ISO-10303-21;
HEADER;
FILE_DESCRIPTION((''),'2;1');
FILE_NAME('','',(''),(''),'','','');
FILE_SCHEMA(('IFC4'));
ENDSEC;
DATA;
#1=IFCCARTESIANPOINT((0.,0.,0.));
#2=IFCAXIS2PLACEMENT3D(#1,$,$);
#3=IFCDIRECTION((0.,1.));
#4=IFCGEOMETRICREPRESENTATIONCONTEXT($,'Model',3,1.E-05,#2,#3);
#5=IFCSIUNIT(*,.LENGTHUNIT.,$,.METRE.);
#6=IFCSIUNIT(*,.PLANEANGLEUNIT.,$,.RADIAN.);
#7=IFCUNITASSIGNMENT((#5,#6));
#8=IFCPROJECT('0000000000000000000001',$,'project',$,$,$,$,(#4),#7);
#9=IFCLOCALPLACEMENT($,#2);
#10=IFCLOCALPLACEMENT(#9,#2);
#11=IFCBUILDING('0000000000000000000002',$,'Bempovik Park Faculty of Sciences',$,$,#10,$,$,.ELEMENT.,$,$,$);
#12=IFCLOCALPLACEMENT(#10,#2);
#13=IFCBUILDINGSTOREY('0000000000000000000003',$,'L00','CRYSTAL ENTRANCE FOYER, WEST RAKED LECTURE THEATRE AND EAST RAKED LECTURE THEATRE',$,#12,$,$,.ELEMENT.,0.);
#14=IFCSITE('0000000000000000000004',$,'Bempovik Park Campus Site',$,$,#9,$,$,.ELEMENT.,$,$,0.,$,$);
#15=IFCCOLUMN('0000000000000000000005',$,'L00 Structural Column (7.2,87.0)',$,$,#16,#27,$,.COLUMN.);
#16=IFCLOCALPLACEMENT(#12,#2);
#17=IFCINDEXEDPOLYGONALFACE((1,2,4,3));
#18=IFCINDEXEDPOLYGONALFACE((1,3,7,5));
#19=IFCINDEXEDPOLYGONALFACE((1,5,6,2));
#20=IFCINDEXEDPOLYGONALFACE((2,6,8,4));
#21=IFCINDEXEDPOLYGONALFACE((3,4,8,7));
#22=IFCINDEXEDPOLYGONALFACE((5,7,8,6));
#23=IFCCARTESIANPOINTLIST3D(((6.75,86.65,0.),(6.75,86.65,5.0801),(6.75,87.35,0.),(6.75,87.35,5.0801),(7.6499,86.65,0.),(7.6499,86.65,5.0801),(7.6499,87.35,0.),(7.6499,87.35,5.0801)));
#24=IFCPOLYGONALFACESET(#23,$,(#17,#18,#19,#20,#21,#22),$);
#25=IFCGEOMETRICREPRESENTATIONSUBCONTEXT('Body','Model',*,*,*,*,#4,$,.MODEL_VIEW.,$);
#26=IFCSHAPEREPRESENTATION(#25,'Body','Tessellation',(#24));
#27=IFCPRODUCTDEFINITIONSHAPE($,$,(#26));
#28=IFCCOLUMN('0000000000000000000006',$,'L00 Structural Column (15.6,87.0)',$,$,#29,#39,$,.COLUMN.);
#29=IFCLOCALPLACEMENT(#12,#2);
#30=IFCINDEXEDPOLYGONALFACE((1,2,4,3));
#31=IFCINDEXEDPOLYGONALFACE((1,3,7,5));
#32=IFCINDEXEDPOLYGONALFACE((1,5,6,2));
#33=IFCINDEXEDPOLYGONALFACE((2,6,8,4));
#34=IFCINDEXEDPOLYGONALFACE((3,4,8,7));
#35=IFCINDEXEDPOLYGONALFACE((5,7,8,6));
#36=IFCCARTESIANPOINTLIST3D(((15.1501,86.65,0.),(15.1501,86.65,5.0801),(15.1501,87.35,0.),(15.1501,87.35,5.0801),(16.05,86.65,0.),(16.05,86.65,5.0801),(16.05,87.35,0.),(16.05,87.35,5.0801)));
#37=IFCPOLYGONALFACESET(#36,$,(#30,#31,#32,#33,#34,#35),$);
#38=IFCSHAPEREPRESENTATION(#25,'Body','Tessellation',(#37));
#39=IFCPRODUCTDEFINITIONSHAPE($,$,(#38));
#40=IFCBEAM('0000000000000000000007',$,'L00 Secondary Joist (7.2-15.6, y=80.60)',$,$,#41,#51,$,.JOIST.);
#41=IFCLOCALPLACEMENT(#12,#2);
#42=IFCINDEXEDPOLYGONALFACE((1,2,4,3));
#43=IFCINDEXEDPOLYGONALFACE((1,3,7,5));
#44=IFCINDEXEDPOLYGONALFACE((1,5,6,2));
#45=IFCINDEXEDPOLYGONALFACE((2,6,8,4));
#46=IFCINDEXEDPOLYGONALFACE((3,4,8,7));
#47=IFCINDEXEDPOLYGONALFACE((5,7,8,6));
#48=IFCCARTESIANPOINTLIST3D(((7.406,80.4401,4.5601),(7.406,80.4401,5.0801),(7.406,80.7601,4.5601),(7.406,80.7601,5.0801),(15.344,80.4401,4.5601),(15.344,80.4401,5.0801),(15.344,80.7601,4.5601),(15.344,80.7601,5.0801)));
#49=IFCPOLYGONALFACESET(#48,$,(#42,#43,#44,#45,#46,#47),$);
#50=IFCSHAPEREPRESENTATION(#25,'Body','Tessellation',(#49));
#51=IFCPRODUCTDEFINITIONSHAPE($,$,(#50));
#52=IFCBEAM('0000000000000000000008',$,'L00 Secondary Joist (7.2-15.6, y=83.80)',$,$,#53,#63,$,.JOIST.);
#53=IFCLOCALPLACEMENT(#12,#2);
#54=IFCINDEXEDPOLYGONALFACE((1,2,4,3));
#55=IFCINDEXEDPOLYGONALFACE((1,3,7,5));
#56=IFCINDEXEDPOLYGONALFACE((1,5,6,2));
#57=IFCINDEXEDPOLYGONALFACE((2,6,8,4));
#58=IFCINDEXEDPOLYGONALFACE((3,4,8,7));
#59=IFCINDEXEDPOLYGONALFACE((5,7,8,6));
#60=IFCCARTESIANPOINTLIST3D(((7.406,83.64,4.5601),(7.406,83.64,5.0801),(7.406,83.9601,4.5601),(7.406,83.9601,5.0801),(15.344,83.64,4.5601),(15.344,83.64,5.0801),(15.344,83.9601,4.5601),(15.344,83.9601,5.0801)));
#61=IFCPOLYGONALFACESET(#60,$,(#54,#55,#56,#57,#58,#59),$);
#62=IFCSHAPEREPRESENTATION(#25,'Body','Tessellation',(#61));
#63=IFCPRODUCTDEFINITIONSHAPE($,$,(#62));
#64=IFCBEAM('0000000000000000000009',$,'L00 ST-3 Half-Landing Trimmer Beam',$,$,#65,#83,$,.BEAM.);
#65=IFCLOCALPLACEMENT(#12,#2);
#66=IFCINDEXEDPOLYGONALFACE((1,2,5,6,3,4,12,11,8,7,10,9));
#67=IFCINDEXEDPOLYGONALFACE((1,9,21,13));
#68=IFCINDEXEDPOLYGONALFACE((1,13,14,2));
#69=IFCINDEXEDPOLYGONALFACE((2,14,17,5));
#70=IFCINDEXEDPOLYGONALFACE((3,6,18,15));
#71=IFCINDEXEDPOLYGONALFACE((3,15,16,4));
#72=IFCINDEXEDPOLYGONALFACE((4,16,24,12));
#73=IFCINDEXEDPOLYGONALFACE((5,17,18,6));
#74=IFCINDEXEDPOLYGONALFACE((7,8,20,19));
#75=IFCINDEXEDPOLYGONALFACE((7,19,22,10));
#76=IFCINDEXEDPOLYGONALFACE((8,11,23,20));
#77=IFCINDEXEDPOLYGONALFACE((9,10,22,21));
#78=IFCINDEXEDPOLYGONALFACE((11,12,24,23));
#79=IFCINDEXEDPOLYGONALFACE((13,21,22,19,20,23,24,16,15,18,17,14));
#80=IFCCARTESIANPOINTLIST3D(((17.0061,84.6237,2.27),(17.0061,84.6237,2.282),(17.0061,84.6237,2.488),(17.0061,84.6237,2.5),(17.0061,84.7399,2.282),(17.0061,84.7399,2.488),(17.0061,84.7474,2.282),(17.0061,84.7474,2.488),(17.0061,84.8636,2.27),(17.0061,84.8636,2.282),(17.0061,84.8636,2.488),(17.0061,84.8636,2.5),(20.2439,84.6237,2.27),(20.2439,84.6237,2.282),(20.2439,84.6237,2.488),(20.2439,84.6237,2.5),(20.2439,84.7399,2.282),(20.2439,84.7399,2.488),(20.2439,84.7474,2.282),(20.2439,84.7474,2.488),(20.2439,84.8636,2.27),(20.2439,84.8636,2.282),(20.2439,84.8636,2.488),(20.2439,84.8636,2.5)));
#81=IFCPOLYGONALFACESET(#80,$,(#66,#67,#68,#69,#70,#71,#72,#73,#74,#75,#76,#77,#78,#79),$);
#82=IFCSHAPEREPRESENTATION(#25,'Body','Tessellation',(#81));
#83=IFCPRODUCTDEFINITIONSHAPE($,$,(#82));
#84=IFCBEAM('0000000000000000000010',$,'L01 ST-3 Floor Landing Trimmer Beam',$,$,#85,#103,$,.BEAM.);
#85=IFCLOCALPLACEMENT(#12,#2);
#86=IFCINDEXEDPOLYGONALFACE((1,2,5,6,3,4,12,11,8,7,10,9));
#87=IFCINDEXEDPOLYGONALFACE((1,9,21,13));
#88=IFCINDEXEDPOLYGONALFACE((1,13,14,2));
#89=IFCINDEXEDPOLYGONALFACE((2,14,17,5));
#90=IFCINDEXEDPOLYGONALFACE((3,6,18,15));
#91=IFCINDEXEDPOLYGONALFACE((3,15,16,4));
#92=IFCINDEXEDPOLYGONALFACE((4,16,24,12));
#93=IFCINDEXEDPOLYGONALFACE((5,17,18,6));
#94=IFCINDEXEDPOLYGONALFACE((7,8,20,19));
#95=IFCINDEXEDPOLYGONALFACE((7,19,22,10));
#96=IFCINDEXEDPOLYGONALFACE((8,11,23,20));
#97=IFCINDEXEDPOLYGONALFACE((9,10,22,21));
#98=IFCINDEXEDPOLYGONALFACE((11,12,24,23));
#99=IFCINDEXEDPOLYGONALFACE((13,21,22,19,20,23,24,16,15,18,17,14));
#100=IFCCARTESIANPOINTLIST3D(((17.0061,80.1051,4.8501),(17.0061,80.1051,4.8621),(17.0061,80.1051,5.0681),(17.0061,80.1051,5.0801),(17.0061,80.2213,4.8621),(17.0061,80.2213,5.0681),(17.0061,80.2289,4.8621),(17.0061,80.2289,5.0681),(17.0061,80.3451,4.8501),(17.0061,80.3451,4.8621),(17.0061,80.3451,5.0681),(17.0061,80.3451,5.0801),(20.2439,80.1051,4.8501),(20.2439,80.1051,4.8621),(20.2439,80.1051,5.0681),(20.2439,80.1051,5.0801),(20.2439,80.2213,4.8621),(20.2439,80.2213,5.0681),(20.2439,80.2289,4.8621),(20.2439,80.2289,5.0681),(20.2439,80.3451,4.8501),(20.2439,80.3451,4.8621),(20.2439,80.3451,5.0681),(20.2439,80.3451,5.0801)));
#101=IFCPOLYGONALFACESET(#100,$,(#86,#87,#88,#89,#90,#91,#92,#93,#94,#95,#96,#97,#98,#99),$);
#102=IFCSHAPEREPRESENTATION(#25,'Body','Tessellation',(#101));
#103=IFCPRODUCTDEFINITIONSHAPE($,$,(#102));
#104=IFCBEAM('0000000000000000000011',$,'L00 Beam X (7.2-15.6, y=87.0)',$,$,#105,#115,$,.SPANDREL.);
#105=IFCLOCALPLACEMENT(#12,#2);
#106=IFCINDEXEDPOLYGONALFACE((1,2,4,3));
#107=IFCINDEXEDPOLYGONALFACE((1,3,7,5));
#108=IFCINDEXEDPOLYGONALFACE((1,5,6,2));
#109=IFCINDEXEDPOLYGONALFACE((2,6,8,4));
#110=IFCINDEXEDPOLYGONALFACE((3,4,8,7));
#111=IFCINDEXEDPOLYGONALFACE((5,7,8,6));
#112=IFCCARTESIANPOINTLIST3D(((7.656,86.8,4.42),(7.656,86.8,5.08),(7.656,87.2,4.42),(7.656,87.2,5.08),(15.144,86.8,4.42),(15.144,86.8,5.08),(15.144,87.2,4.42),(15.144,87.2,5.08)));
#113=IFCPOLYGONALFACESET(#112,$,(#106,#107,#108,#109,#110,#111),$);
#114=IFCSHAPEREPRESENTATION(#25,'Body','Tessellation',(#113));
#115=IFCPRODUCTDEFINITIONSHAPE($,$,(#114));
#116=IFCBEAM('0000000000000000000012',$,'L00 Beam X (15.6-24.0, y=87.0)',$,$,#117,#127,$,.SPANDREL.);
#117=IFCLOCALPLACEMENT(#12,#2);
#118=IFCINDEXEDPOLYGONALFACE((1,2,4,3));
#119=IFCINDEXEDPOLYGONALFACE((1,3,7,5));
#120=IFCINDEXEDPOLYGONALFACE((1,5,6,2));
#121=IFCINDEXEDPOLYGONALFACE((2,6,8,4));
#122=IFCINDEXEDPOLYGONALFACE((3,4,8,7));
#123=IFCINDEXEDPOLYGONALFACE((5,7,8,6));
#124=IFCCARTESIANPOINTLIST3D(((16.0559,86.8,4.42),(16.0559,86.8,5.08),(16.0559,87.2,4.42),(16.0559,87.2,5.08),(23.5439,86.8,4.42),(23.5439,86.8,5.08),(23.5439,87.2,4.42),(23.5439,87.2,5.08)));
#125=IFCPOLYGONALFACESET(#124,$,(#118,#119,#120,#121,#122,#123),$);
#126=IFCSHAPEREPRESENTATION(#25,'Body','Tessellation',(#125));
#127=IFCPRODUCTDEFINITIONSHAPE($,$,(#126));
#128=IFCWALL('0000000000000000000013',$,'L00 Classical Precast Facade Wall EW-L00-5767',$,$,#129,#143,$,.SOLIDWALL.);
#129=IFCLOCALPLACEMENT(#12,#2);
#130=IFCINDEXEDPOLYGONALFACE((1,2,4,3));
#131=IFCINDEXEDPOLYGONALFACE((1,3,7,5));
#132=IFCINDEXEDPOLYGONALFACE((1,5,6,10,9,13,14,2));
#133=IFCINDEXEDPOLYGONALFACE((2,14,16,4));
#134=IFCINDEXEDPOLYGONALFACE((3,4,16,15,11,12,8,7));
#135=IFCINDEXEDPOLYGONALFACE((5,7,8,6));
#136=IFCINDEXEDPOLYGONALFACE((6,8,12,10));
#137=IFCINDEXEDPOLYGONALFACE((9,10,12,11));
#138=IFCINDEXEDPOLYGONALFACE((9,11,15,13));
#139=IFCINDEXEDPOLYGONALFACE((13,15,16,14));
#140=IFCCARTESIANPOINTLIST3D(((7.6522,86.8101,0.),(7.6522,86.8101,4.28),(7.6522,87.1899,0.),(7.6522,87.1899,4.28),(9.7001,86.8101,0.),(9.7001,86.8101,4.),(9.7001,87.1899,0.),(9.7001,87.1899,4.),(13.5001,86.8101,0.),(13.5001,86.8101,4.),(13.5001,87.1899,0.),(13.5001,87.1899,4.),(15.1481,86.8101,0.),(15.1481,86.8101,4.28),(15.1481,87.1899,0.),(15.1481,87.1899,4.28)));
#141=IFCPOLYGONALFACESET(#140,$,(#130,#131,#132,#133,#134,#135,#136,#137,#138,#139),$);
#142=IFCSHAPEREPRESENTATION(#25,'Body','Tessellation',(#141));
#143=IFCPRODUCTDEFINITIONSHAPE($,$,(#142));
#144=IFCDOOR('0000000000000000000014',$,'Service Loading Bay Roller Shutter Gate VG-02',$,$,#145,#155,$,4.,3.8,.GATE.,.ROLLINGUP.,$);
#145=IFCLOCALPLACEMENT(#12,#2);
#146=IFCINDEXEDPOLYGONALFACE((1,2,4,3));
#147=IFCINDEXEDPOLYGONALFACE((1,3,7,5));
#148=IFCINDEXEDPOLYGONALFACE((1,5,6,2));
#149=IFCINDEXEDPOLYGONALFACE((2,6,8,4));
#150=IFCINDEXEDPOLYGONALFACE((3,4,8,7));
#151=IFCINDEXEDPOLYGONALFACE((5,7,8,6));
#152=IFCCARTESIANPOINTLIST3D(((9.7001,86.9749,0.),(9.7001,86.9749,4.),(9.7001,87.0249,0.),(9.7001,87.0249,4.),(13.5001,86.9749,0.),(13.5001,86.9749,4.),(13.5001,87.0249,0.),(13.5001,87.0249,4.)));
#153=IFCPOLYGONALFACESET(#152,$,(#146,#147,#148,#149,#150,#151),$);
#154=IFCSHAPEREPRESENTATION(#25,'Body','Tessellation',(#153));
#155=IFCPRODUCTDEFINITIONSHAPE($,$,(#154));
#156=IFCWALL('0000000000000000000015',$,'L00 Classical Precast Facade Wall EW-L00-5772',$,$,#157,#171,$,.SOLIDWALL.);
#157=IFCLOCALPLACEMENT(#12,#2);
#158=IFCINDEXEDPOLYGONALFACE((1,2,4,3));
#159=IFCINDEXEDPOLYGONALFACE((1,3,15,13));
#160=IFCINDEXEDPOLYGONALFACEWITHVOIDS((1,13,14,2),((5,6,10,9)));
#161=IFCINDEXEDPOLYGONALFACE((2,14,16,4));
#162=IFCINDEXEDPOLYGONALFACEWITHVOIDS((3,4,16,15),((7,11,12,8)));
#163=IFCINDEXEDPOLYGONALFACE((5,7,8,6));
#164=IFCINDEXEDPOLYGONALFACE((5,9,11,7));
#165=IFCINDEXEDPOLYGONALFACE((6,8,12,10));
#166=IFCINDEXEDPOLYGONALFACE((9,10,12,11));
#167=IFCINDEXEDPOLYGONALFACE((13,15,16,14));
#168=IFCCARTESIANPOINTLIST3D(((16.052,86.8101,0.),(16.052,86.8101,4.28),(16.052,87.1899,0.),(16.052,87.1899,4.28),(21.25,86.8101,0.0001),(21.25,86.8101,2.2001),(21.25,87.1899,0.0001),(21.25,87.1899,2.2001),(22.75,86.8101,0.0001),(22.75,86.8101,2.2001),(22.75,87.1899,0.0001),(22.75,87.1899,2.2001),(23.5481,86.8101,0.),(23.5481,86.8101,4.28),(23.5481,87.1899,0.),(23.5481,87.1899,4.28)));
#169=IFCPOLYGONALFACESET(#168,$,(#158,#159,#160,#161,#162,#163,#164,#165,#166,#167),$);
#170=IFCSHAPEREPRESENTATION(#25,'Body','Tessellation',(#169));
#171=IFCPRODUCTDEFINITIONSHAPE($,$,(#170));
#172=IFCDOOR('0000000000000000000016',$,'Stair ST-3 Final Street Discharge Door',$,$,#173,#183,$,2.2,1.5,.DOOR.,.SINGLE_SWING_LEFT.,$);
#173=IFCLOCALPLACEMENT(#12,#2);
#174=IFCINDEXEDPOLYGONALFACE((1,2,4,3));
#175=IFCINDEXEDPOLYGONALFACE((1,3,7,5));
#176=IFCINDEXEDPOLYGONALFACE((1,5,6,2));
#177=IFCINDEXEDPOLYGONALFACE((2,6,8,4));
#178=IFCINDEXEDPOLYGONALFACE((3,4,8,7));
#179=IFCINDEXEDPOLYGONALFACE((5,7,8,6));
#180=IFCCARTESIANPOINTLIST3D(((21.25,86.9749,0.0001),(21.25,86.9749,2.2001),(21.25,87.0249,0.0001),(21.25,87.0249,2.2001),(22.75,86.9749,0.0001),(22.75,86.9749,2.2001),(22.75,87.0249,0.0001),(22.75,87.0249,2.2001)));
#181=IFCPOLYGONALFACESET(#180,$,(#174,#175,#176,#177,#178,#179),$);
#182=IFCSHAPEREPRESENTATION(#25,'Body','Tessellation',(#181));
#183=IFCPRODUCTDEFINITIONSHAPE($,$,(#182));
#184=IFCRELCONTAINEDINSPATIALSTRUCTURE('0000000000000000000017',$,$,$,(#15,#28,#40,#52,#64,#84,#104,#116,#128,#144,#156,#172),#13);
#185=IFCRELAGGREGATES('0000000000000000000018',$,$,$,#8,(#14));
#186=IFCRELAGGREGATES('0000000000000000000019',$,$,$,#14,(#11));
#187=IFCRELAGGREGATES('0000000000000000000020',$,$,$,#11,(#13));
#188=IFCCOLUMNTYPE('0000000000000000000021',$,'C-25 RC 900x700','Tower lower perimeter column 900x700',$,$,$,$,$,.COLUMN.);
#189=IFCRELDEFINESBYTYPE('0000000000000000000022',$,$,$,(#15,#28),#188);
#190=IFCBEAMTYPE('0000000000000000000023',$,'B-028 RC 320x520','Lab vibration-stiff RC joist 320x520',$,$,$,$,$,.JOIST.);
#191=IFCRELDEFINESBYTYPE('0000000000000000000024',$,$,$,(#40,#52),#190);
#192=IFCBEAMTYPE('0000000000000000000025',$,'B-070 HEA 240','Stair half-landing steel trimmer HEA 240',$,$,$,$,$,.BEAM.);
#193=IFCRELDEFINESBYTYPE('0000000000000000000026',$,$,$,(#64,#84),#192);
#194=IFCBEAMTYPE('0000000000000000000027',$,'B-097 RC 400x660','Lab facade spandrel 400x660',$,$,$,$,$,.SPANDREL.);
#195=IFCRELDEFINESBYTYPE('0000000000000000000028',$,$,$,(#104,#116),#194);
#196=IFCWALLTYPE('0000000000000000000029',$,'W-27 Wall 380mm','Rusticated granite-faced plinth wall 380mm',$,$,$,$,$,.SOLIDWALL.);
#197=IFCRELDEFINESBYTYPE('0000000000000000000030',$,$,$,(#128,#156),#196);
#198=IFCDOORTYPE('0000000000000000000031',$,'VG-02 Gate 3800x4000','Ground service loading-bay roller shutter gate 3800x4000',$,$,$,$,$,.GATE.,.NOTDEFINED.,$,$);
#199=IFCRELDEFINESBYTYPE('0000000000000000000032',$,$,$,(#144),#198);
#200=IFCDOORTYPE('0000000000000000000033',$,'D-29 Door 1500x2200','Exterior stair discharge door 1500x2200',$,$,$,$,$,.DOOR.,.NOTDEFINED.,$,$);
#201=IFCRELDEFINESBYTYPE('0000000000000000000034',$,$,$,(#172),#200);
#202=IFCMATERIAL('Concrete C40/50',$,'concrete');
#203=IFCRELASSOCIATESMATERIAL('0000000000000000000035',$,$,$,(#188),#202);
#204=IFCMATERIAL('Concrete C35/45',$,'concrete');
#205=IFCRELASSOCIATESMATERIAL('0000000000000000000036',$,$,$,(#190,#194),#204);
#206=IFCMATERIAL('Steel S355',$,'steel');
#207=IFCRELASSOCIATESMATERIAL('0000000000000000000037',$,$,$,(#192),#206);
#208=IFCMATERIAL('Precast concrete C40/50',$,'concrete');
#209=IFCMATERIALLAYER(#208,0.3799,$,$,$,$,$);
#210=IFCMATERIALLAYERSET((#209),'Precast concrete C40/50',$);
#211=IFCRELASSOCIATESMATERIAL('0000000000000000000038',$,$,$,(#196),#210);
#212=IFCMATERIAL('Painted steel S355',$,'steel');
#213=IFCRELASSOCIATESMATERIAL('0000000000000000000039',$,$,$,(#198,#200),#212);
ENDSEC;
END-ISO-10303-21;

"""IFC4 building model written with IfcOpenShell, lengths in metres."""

from ifc_helpers import new_model, si_unit, direction, frame, frame_2d, origin, origin_2d, place, context, subcontext, project, spatial, rectangle, i_section, extrude, material, layer, layer_set, material_profile, profile_set, type_object, element, fill, save


model = new_model("IFC4")

# Units and contexts
model_context = context("Model", 3, precision=1e-05, world=origin(), true_north=direction((0.0, 1.0)))
body_context = subcontext(model_context, "Body", "Model", "MODEL_VIEW")
ifc_project = project(units=[si_unit("LENGTHUNIT", "METRE"), si_unit("PLANEANGLEUNIT", "RADIAN")], contexts=[model_context])

# Site, building, storey
site_placement = place(None, origin())
site = spatial("IfcSite", under=ifc_project, at=site_placement, Name="Bempovik Park Campus Site", CompositionType="ELEMENT", RefElevation=0.0)
building_placement = place(site_placement, origin())
building = spatial("IfcBuilding", under=site, at=building_placement, Name="Bempovik Park Faculty of Sciences", CompositionType="ELEMENT")
storey_placement = place(building_placement, origin())
storey = spatial("IfcBuildingStorey", under=building, at=storey_placement, Name="L00", Description="CRYSTAL ENTRANCE FOYER, WEST RAKED LECTURE THEATRE AND EAST RAKED LECTURE THEATRE", CompositionType="ELEMENT", Elevation=0.0)

# Shared definitions
ifc_material_1 = material(Name="Concrete C35/45", Category="concrete")

# Columns
ifc_material_2 = material(Name="Concrete C40/50", Category="concrete")
ifc_material_profile_1 = material_profile(ifc_material_2, rectangle(XDim=0.8999, YDim=0.7, at=origin_2d()), Name="RC 900x700")
ifc_profile_set_1 = profile_set([ifc_material_profile_1], Name="Concrete C40/50")
column_type = type_object("IfcColumnType", Name="C-25 RC 900x700", Description="Tower lower perimeter column 900x700", PredefinedType="COLUMN", material=ifc_profile_set_1)
for number, where, z_axis, x_axis, name in (
    (1, (7.2, 87.0, 0.0), (0.0, 0.0, 1.0), (1.0, 0.0, 0.0), "L00 Structural Column (7.2,87.0)"),
    (2, (15.6001, 87.0, 0.0), (0.0, 0.0, 1.0), (1.0, 0.0, 0.0), "L00 Structural Column (15.6,87.0)"),
):
    element("IfcColumn", number, at=place(storey_placement, frame(where, z_axis=z_axis, x_axis=x_axis)), inside=storey, type_object=column_type, Name=name, PredefinedType="COLUMN", context=body_context, shape_type="SweptSolid", body=[
        extrude(rectangle(XDim=0.8999, YDim=0.7, at=origin_2d()), origin(), (0.0, 0.0, 1.0), 5.0801),
    ])

# Beams
ifc_material_profile_2 = material_profile(ifc_material_1, rectangle(XDim=0.3201, YDim=0.52, at=origin_2d()), Name="RC 320x520")
ifc_profile_set_2 = profile_set([ifc_material_profile_2], Name="Concrete C35/45")
beam_type_1 = type_object("IfcBeamType", Name="B-028 RC 320x520", Description="Lab vibration-stiff RC joist 320x520", PredefinedType="JOIST", material=ifc_profile_set_2)
for number, where, z_axis, x_axis, name in (
    (3, (7.406, 80.6001, 4.8201), (1.0, 0.0, 0.0), (0.0, 1.0, 0.0), "L00 Secondary Joist (7.2-15.6, y=80.60)"),
    (4, (7.406, 83.8, 4.8201), (1.0, 0.0, 0.0), (0.0, 1.0, 0.0), "L00 Secondary Joist (7.2-15.6, y=83.80)"),
):
    element("IfcBeam", number, at=place(storey_placement, frame(where, z_axis=z_axis, x_axis=x_axis)), inside=storey, type_object=beam_type_1, Name=name, PredefinedType="JOIST", context=body_context, shape_type="SweptSolid", body=[
        extrude(rectangle(XDim=0.3201, YDim=0.52, at=origin_2d()), origin(), (0.0, 0.0, 1.0), 7.938),
    ])
ifc_material_3 = material(Name="Steel S355", Category="steel")
ifc_material_profile_3 = material_profile(ifc_material_3, i_section(OverallWidth=0.24, OverallDepth=0.23, WebThickness=0.0076, FlangeThickness=0.012, at=origin_2d()), Name="HEA 240")
ifc_profile_set_3 = profile_set([ifc_material_profile_3], Name="Steel S355")
beam_type_2 = type_object("IfcBeamType", Name="B-070 HEA 240", Description="Stair half-landing steel trimmer HEA 240", PredefinedType="BEAM", material=ifc_profile_set_3)
for number, where, z_axis, x_axis, name in (
    (5, (17.0061, 84.7437, 2.385), (1.0, 0.0, 0.0), (0.0, 1.0, 0.0), "L00 ST-3 Half-Landing Trimmer Beam"),
    (6, (17.0061, 80.2251, 4.9651), (1.0, 0.0, 0.0), (0.0, 1.0, 0.0), "L01 ST-3 Floor Landing Trimmer Beam"),
):
    element("IfcBeam", number, at=place(storey_placement, frame(where, z_axis=z_axis, x_axis=x_axis)), inside=storey, type_object=beam_type_2, Name=name, PredefinedType="BEAM", context=body_context, shape_type="SweptSolid", body=[
        extrude(i_section(OverallWidth=0.24, OverallDepth=0.23, WebThickness=0.0076, FlangeThickness=0.012, at=origin_2d()), origin(), (0.0, 0.0, 1.0), 3.2378),
    ])
ifc_material_profile_4 = material_profile(ifc_material_1, rectangle(XDim=0.3999, YDim=0.6599, at=origin_2d()), Name="RC 400x660")
ifc_profile_set_4 = profile_set([ifc_material_profile_4], Name="Concrete C35/45")
beam_type_3 = type_object("IfcBeamType", Name="B-097 RC 400x660", Description="Lab facade spandrel 400x660", PredefinedType="SPANDREL", material=ifc_profile_set_4)
for number, where, z_axis, x_axis, name in (
    (7, (7.656, 87.0, 4.75), (1.0, 0.0, 0.0), (0.0, 1.0, 0.0), "L00 Beam X (7.2-15.6, y=87.0)"),
    (8, (16.0559, 87.0, 4.75), (1.0, 0.0, 0.0), (0.0, 1.0, 0.0), "L00 Beam X (15.6-24.0, y=87.0)"),
):
    element("IfcBeam", number, at=place(storey_placement, frame(where, z_axis=z_axis, x_axis=x_axis)), inside=storey, type_object=beam_type_3, Name=name, PredefinedType="SPANDREL", context=body_context, shape_type="SweptSolid", body=[
        extrude(rectangle(XDim=0.3999, YDim=0.6599, at=origin_2d()), origin(), (0.0, 0.0, 1.0), 7.488),
    ])

# Walls, openings, doors
ifc_material_4 = material(Name="Precast concrete C40/50", Category="concrete")
ifc_layer_1 = layer(ifc_material_4, 0.3799)
ifc_layer_set_1 = layer_set([ifc_layer_1], Name="Precast concrete C40/50")
wall_type_1 = type_object("IfcWallType", Name="W-27 Wall 380mm", Description="Rusticated granite-faced plinth wall 380mm", PredefinedType="SOLIDWALL", material=ifc_layer_set_1)
wall_1_placement = place(storey_placement, frame((7.6521, 87.0, 0.0), z_axis=(0.0, 0.0, 1.0), x_axis=(1.0, 0.0, 0.0)))
wall_1 = element("IfcWall", 9, at=wall_1_placement, inside=storey, type_object=wall_type_1, Name="L00 Classical Precast Facade Wall EW-L00-5767", PredefinedType="SOLIDWALL", context=body_context, shape_type="SweptSolid", body=[
    extrude(rectangle(XDim=7.4958, YDim=0.3799, at=frame_2d((3.748, 0.0))), origin(), (0.0, 0.0, 1.0), 4.28),
])
opening_1_placement = place(wall_1_placement, frame((2.0481, 0.0, 0.0)))
opening_1 = element("IfcOpeningElement", 10, at=opening_1_placement, cuts=wall_1, PredefinedType="OPENING", context=body_context, shape_type="SweptSolid", body=[
    extrude(rectangle(XDim=3.8, YDim=4.0, at=frame_2d((1.8999, 2.0))), frame((0.0, 0.2, 0.0), z_axis=(0.0, -1.0, 0.0), x_axis=(1.0, 0.0, 0.0)), (0.0, 0.0, 1.0), 0.3999),
])
ifc_material_5 = material(Name="Painted steel S355", Category="steel")
door_type_1 = type_object("IfcDoorType", Name="VG-02 Gate 3800x4000", Description="Ground service loading-bay roller shutter gate 3800x4000", OperationType="NOTDEFINED", PredefinedType="GATE", material=ifc_material_5)
door_1_placement = place(opening_1_placement, origin())
door_1 = element("IfcDoor", 11, at=door_1_placement, inside=storey, type_object=door_type_1, Name="Service Loading Bay Roller Shutter Gate VG-02", OperationType="ROLLINGUP", OverallHeight=4.0, OverallWidth=3.8, PredefinedType="GATE", context=body_context, shape_type="SweptSolid", body=[
    extrude(rectangle(XDim=3.8, YDim=4.0, at=frame_2d((1.8999, 2.0))), frame((0.0, 0.0249, 0.0), z_axis=(0.0, -1.0, 0.0), x_axis=(1.0, 0.0, 0.0)), (0.0, 0.0, 1.0), 0.05),
])
fill(opening_1, door_1)
wall_2_placement = place(storey_placement, frame((16.052, 87.0, 0.0), z_axis=(0.0, 0.0, 1.0), x_axis=(1.0, 0.0, 0.0)))
wall_2 = element("IfcWall", 12, at=wall_2_placement, inside=storey, type_object=wall_type_1, Name="L00 Classical Precast Facade Wall EW-L00-5772", PredefinedType="SOLIDWALL", context=body_context, shape_type="SweptSolid", body=[
    extrude(rectangle(XDim=7.4961, YDim=0.3799, at=frame_2d((3.748, 0.0))), origin(), (0.0, 0.0, 1.0), 4.28),
])
opening_2_placement = place(wall_2_placement, frame((5.198, 0.0, 0.0)))
opening_2 = element("IfcOpeningElement", 13, at=opening_2_placement, cuts=wall_2, PredefinedType="OPENING", context=body_context, shape_type="SweptSolid", body=[
    extrude(rectangle(XDim=1.5, YDim=2.2, at=frame_2d((0.75, 1.1001))), frame((0.0, 0.2, 0.0), z_axis=(0.0, -1.0, 0.0), x_axis=(1.0, 0.0, 0.0)), (0.0, 0.0, 1.0), 0.3999),
])
door_type_2 = type_object("IfcDoorType", Name="D-29 Door 1500x2200", Description="Exterior stair discharge door 1500x2200", OperationType="NOTDEFINED", PredefinedType="DOOR", material=ifc_material_5)
door_2_placement = place(opening_2_placement, origin())
door_2 = element("IfcDoor", 14, at=door_2_placement, inside=storey, type_object=door_type_2, Name="Stair ST-3 Final Street Discharge Door", OperationType="SINGLE_SWING_LEFT", OverallHeight=2.2, OverallWidth=1.5, PredefinedType="DOOR", context=body_context, shape_type="SweptSolid", body=[
    extrude(rectangle(XDim=1.5, YDim=2.2, at=frame_2d((0.75, 1.1001))), frame((0.0, 0.0249, 0.0), z_axis=(0.0, -1.0, 0.0), x_axis=(1.0, 0.0, 0.0)), (0.0, 0.0, 1.0), 0.05),
])
fill(opening_2, door_2)

save(model, "model.ifc")
